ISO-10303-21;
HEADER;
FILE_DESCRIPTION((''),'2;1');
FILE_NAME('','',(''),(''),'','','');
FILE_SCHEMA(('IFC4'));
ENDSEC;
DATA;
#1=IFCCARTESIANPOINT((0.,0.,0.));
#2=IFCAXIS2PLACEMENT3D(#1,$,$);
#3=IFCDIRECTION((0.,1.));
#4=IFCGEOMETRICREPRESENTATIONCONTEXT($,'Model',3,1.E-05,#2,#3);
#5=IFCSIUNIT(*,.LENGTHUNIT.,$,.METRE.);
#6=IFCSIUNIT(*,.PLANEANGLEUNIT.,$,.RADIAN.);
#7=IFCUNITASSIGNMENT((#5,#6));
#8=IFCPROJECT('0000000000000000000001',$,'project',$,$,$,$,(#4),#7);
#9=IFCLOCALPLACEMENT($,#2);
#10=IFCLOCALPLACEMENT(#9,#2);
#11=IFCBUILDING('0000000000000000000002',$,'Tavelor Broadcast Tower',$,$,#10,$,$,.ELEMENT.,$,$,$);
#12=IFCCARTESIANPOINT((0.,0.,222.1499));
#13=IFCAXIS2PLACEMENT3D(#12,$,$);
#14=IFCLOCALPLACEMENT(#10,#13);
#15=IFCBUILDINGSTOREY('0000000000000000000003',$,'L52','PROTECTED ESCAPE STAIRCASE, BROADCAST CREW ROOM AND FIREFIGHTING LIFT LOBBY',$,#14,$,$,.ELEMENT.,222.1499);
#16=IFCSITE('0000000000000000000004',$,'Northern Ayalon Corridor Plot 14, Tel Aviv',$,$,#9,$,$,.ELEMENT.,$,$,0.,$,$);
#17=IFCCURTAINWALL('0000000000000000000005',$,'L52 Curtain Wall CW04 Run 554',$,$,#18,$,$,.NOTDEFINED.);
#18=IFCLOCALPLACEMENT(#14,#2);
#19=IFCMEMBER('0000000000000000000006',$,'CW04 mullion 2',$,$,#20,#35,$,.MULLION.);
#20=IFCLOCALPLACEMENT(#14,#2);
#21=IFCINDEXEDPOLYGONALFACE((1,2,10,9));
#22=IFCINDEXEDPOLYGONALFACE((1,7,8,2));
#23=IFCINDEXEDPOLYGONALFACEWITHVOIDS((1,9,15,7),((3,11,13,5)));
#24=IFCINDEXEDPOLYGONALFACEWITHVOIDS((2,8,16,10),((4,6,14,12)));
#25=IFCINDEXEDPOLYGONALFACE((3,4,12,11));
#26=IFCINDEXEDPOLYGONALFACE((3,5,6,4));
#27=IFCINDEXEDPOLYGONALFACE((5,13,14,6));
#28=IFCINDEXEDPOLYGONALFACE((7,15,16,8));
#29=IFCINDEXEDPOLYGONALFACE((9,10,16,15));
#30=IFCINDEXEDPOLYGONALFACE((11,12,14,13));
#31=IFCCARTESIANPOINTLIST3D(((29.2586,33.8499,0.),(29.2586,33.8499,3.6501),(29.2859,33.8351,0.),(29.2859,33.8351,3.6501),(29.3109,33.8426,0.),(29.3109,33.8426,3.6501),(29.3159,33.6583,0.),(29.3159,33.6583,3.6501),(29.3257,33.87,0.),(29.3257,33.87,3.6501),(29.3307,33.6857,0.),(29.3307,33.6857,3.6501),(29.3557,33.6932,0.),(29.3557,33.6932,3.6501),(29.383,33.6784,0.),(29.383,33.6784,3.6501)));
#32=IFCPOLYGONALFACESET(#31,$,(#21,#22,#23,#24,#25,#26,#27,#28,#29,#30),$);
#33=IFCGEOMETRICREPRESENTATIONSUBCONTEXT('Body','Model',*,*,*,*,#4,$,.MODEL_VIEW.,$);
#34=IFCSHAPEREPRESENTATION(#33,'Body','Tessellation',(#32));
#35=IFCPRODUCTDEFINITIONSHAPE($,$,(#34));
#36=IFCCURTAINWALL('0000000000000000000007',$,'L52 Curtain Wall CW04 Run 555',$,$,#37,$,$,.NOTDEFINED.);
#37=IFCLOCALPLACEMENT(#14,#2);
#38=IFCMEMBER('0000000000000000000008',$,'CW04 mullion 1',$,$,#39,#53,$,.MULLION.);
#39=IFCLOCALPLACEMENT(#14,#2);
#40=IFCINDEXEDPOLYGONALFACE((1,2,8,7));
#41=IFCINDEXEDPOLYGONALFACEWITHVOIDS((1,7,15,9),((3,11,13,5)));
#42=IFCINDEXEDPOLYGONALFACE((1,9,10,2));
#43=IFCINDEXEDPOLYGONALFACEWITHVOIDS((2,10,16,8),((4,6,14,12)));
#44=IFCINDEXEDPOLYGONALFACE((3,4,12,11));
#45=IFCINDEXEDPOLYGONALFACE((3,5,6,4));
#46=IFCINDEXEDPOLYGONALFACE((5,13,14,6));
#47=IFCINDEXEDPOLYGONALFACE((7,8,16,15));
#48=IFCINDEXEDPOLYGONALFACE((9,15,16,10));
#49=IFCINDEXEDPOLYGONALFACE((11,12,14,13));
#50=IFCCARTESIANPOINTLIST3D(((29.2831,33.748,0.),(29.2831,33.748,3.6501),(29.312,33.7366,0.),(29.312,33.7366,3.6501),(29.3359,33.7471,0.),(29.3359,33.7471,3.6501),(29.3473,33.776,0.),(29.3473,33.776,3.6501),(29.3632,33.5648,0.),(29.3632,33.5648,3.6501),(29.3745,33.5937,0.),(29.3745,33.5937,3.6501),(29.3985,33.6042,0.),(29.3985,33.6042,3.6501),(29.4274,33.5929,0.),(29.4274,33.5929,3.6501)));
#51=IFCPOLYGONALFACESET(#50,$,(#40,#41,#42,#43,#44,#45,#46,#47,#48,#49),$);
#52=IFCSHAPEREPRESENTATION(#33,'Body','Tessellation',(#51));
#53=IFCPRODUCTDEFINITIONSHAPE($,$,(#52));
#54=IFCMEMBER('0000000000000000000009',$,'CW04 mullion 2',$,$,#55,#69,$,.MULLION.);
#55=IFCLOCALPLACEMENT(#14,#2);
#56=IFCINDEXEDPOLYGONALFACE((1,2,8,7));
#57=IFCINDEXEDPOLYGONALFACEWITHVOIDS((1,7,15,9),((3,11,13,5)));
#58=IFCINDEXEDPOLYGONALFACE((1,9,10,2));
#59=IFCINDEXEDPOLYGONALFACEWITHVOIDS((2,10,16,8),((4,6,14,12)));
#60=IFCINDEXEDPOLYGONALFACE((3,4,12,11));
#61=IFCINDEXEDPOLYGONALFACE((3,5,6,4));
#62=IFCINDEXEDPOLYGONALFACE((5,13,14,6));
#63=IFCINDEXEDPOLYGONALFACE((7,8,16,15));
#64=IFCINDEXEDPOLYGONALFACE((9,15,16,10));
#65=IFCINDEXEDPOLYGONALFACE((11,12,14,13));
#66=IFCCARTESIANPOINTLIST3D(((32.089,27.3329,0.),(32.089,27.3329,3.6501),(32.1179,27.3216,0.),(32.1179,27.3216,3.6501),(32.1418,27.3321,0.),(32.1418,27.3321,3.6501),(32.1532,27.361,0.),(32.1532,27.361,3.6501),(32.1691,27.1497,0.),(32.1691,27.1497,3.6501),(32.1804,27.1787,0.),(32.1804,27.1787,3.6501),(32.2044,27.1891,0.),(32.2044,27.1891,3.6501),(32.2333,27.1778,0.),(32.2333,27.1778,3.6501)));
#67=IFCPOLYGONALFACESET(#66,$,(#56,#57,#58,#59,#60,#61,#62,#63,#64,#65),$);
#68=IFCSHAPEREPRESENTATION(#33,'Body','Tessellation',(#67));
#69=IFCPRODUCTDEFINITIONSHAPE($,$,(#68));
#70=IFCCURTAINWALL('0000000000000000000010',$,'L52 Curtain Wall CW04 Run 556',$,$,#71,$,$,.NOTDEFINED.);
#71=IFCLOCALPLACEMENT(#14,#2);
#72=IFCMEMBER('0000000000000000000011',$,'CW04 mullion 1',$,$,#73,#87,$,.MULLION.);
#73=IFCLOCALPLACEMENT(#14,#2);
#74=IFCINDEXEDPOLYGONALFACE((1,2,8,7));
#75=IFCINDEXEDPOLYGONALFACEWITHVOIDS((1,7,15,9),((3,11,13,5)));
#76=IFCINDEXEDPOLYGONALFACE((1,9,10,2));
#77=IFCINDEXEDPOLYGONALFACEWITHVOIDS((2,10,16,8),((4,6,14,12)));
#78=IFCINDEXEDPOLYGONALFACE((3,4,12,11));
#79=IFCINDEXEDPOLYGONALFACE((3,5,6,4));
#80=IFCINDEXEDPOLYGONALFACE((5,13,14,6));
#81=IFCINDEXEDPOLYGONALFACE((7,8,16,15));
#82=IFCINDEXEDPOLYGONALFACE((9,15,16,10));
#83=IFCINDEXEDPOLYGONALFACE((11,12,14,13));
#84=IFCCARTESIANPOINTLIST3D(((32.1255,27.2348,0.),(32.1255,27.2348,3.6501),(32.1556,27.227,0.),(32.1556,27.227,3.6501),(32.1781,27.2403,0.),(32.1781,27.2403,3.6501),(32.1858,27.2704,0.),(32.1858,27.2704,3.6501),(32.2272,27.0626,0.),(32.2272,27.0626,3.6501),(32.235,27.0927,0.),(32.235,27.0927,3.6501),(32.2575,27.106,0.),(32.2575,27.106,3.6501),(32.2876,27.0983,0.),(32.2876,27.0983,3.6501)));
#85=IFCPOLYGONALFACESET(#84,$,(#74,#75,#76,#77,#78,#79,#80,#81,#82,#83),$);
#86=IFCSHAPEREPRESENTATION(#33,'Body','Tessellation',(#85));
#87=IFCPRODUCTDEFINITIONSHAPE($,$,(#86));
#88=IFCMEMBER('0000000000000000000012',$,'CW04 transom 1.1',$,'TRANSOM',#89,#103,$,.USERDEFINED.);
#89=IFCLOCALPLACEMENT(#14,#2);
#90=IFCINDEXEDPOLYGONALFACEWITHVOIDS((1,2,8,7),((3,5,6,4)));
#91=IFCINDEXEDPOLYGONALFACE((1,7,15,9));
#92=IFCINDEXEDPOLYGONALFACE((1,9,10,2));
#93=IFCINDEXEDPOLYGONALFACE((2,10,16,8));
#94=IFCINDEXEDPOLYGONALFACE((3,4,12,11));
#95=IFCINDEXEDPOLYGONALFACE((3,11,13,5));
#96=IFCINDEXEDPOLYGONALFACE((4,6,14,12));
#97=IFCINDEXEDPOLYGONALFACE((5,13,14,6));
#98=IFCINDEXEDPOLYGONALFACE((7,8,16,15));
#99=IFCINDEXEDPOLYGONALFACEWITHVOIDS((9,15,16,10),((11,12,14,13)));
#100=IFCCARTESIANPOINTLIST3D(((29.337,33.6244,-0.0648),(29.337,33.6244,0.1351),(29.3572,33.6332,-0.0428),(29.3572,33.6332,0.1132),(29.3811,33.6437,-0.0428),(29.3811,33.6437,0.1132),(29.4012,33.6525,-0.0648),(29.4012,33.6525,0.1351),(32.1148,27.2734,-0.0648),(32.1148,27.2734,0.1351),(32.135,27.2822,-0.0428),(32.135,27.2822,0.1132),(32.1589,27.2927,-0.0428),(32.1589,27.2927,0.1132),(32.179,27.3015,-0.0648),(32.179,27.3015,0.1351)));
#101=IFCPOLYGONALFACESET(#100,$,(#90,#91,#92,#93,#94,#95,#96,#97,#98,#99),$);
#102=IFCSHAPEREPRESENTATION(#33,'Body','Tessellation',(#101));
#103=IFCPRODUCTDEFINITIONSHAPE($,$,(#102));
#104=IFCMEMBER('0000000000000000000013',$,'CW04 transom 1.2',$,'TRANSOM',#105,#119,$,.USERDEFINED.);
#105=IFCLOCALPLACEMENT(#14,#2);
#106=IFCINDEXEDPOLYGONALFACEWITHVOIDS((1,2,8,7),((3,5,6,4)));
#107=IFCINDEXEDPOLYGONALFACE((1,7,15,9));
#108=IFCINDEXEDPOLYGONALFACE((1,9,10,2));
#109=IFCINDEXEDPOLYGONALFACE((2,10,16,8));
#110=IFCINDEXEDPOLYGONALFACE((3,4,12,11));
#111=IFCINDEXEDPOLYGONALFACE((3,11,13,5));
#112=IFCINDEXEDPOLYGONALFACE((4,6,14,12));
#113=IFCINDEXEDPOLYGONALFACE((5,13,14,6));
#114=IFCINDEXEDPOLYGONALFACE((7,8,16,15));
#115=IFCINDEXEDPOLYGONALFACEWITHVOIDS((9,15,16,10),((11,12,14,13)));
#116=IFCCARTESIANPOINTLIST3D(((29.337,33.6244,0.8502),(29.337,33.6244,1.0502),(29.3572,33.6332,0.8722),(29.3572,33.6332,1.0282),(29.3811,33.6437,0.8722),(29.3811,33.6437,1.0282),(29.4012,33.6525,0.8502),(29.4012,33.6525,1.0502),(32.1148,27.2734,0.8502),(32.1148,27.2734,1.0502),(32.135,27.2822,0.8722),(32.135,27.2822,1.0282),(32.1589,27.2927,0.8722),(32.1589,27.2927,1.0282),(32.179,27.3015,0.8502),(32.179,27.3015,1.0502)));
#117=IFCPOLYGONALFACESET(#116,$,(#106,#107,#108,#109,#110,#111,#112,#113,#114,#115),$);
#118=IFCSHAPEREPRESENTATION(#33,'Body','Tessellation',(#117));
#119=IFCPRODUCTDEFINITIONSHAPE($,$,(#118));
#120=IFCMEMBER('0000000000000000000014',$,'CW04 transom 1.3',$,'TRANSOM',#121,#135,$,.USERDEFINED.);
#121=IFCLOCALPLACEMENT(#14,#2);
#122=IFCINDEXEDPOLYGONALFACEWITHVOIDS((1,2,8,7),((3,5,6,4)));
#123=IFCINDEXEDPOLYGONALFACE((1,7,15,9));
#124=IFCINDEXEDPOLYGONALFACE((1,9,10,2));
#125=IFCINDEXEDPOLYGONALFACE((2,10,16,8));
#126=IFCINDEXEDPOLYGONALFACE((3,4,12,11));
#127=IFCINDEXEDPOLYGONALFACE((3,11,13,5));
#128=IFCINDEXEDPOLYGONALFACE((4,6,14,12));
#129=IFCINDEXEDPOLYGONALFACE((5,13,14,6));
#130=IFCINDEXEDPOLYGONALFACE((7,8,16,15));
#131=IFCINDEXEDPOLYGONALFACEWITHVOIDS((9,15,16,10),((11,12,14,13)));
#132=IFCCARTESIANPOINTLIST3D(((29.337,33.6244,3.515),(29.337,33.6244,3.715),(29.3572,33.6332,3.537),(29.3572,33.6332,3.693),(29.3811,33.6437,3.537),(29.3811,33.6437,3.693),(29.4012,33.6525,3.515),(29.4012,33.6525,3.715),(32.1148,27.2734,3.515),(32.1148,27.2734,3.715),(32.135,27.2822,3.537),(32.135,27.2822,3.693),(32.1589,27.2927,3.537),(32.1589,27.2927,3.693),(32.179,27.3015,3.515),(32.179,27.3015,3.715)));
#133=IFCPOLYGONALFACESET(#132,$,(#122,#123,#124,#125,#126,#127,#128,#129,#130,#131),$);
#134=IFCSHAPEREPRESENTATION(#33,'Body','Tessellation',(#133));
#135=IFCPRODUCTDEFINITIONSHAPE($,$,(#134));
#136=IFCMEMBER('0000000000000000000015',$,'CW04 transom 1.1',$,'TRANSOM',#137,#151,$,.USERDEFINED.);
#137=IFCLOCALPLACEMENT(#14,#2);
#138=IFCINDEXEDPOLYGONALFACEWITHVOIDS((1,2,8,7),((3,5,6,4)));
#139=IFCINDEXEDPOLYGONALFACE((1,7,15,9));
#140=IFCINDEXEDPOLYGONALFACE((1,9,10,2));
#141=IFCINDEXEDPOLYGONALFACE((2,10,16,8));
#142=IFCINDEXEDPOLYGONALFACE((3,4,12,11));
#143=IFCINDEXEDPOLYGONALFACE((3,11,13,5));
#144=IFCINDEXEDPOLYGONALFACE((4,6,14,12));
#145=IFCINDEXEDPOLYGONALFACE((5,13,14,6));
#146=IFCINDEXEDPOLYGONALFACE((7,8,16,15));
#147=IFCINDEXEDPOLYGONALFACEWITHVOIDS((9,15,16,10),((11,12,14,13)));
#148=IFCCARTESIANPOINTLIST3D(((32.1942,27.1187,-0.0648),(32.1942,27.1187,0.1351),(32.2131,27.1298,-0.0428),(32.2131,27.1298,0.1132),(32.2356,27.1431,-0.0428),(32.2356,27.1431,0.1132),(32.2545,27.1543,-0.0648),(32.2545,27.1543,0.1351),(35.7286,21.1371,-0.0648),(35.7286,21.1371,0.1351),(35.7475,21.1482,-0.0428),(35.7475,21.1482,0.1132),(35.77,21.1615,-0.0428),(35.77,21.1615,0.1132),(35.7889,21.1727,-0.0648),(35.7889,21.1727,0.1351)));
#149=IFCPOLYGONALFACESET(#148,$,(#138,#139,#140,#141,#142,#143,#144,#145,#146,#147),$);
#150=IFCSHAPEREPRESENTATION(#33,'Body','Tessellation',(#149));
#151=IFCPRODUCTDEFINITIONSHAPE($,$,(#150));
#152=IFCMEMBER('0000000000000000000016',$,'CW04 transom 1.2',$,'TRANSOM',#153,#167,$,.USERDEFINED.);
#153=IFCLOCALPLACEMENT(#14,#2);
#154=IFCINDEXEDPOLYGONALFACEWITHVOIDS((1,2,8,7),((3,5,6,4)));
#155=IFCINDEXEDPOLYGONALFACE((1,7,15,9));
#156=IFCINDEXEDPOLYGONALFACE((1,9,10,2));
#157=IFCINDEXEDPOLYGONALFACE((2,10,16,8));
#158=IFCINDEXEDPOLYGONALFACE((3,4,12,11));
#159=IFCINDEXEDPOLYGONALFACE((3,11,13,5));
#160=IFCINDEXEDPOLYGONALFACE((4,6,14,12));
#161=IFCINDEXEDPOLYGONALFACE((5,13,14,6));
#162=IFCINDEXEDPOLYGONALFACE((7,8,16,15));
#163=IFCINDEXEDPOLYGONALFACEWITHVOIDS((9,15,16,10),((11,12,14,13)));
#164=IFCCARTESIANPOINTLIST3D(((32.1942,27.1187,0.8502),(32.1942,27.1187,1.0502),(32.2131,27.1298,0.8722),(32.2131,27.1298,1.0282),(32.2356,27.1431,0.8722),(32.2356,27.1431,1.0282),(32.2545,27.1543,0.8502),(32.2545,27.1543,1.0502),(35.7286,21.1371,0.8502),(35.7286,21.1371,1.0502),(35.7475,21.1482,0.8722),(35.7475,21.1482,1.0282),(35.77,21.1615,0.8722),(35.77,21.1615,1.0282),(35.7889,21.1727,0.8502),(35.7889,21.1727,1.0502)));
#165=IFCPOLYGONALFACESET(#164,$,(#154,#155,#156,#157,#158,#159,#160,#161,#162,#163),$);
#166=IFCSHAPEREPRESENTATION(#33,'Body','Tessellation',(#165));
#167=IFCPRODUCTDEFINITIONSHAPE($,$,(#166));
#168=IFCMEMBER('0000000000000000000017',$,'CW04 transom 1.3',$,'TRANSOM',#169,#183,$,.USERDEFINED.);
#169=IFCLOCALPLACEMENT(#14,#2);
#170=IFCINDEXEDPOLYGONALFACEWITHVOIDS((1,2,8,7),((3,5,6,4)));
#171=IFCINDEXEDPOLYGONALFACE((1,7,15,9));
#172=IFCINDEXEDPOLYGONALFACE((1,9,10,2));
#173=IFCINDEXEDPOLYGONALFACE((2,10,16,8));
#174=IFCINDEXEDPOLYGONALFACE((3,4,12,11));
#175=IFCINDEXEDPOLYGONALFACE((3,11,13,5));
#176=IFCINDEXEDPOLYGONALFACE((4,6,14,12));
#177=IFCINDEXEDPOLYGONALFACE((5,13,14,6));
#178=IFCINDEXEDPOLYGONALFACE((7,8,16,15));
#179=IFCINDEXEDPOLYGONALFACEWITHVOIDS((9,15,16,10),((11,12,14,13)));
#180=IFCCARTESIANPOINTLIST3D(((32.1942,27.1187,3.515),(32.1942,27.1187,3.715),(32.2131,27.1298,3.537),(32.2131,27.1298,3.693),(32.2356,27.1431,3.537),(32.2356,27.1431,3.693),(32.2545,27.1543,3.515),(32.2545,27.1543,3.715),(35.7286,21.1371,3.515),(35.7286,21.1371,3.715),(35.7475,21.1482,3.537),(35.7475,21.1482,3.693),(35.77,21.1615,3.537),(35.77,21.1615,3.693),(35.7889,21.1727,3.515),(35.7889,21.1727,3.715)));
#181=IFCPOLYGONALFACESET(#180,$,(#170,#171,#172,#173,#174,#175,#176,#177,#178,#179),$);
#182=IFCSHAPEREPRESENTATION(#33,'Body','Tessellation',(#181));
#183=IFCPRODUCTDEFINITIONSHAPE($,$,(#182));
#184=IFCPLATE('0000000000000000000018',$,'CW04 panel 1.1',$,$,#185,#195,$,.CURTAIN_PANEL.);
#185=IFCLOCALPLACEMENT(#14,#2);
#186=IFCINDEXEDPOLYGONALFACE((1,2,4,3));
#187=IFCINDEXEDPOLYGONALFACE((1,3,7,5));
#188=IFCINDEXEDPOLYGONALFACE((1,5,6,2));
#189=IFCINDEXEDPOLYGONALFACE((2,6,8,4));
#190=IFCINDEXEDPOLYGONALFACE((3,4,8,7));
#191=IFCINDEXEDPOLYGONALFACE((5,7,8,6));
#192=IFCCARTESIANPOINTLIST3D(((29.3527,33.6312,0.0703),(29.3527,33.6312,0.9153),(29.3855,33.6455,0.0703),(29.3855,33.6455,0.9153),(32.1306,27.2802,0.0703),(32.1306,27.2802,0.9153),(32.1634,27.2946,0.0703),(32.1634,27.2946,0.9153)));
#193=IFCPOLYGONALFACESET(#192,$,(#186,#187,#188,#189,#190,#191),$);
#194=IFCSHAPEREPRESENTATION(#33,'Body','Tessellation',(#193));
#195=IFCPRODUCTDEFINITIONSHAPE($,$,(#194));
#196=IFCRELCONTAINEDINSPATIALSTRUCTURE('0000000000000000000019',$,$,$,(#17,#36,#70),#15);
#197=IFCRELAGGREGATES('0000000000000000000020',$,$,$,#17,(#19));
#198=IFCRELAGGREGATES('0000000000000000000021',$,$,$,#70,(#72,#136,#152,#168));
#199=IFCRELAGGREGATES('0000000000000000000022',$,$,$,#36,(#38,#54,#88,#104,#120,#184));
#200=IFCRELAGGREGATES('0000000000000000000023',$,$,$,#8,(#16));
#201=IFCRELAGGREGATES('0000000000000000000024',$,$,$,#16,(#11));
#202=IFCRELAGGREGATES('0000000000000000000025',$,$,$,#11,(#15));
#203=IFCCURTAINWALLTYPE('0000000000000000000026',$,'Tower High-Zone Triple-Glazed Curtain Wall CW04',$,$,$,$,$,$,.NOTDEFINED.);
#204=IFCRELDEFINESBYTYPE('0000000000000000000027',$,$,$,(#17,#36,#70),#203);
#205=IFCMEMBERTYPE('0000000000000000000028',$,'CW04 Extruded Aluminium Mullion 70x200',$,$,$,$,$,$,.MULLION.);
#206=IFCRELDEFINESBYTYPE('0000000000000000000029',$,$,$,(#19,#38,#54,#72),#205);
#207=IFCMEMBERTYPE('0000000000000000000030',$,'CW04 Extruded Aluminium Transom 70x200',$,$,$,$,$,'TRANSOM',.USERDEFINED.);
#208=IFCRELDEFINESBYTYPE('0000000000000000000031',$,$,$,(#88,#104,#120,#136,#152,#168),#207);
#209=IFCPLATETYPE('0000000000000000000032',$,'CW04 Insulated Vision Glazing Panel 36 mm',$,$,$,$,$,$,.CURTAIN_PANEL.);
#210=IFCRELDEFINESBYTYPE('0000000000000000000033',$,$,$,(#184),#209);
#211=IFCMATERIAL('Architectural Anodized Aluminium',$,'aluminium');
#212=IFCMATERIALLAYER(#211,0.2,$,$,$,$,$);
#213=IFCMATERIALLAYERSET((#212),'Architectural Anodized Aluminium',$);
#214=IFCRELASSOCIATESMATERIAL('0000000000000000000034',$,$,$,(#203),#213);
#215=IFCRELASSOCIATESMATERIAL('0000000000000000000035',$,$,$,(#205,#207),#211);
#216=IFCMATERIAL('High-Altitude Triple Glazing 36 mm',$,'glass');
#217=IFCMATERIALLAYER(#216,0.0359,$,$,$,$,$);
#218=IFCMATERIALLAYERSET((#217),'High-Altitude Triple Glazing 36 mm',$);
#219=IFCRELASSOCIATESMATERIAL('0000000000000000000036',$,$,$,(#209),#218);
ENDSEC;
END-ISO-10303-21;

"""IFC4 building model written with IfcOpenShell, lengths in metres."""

from ifc_helpers import new_model, si_unit, direction, frame, origin, origin_2d, place, context, subcontext, project, spatial, rectangle, hollow_rectangle, extrude, source, transform, mapped, material, layer, layer_set, material_profile, profile_set, type_object, type_shapes, element, aggregate, save


model = new_model("IFC4")

# Units and contexts
model_context = context("Model", 3, precision=1e-05, world=origin(), true_north=direction((0.0, 1.0)))
body_context = subcontext(model_context, "Body", "Model", "MODEL_VIEW")
ifc_project = project(units=[si_unit("LENGTHUNIT", "METRE"), si_unit("PLANEANGLEUNIT", "RADIAN")], contexts=[model_context])

# Site, building, storey
site_placement = place(None, origin())
site = spatial("IfcSite", under=ifc_project, at=site_placement, Name="Northern Ayalon Corridor Plot 14, Tel Aviv", CompositionType="ELEMENT", RefElevation=0.0)
building_placement = place(site_placement, origin())
building = spatial("IfcBuilding", under=site, at=building_placement, Name="Tavelor Broadcast Tower", CompositionType="ELEMENT")
storey_placement = place(building_placement, frame((0.0, 0.0, 222.1499)))
storey = spatial("IfcBuildingStorey", under=building, at=storey_placement, Name="L52", Description="PROTECTED ESCAPE STAIRCASE, BROADCAST CREW ROOM AND FIREFIGHTING LIFT LOBBY", CompositionType="ELEMENT", Elevation=222.1499)

# Curtain wall, member
ifc_material_1 = material(Name="Architectural Anodized Aluminium", Category="aluminium")
ifc_layer_1 = layer(ifc_material_1, 0.2)
ifc_layer_set_1 = layer_set([ifc_layer_1], Name="Architectural Anodized Aluminium")
curtain_wall_type = type_object("IfcCurtainWallType", Name="Tower High-Zone Triple-Glazed Curtain Wall CW04", PredefinedType="NOTDEFINED", material=ifc_layer_set_1)
curtain_wall_1_placement = place(storey_placement, origin())
curtain_wall_1 = element("IfcCurtainWall", 1, at=curtain_wall_1_placement, inside=storey, type_object=curtain_wall_type, Name="L52 Curtain Wall CW04 Run 554", PredefinedType="NOTDEFINED")
ifc_material_profile_1 = material_profile(ifc_material_1, hollow_rectangle(XDim=0.0701, YDim=0.2, WallThickness=0.022, at=origin_2d()), Name="RHS 70x200x22")
ifc_profile_set_1 = profile_set([ifc_material_profile_1], Name="Architectural Anodized Aluminium")
member_type_1 = type_object("IfcMemberType", Name="CW04 Extruded Aluminium Mullion 70x200", PredefinedType="MULLION", material=ifc_profile_set_1)
shared_shape_1 = source(origin(), body_context, "Body", "SweptSolid", [
    extrude(hollow_rectangle(XDim=0.0701, YDim=0.2, WallThickness=0.022, at=origin_2d()), origin(), (0.0, 0.0, 1.0), 3.6501),
])
type_shapes(member_type_1, [shared_shape_1])
member_1_placement = place(storey_placement, frame((29.3208, 33.7642, 0.0), z_axis=(0.0, 0.0, 1.0), x_axis=(0.957945, 0.286952, 0.0)))
member_1 = element("IfcMember", 2, at=member_1_placement, type_object=member_type_1, Name="CW04 mullion 2", PredefinedType="MULLION", context=body_context, shape_type="MappedRepresentation", body=[
    mapped(shared_shape_1, transform((0.0, 0.0, 0.0), scale=1.0)),
])
aggregate(curtain_wall_1, [member_1])

# Curtain wall, members
curtain_wall_2_placement = place(storey_placement, origin())
curtain_wall_2 = element("IfcCurtainWall", 3, at=curtain_wall_2_placement, inside=storey, type_object=curtain_wall_type, Name="L52 Curtain Wall CW04 Run 555", PredefinedType="NOTDEFINED")
member_2_placement = place(storey_placement, frame((29.3552, 33.6704, 0.0), z_axis=(0.0, 0.0, 1.0), x_axis=(0.916191, 0.400742, 0.0)))
member_2 = element("IfcMember", 4, at=member_2_placement, type_object=member_type_1, Name="CW04 mullion 1", PredefinedType="MULLION", context=body_context, shape_type="MappedRepresentation", body=[
    mapped(shared_shape_1, transform((0.0, 0.0, 0.0), scale=1.0)),
])
member_3_placement = place(storey_placement, frame((32.1611, 27.2554, 0.0), z_axis=(0.0, 0.0, 1.0), x_axis=(0.916191, 0.400742, 0.0)))
member_3 = element("IfcMember", 5, at=member_3_placement, type_object=member_type_1, Name="CW04 mullion 2", PredefinedType="MULLION", context=body_context, shape_type="MappedRepresentation", body=[
    mapped(shared_shape_1, transform((0.0, 0.0, 0.0), scale=1.0)),
])

# Curtain wall, member
curtain_wall_3_placement = place(storey_placement, origin())
curtain_wall_3 = element("IfcCurtainWall", 6, at=curtain_wall_3_placement, inside=storey, type_object=curtain_wall_type, Name="L52 Curtain Wall CW04 Run 556", PredefinedType="NOTDEFINED")
member_4_placement = place(storey_placement, frame((32.2065, 27.1665, 0.0), z_axis=(0.0, 0.0, 1.0), x_axis=(0.860952, 0.508687, 0.0)))
member_4 = element("IfcMember", 7, at=member_4_placement, type_object=member_type_1, Name="CW04 mullion 1", PredefinedType="MULLION", context=body_context, shape_type="MappedRepresentation", body=[
    mapped(shared_shape_1, transform((0.0, 0.0, 0.0), scale=1.0)),
])

# Members
ifc_material_profile_2 = material_profile(ifc_material_1, hollow_rectangle(XDim=0.0701, YDim=0.2, WallThickness=0.022, at=origin_2d()), Name="RHS 70x200x22")
ifc_profile_set_2 = profile_set([ifc_material_profile_2], Name="Architectural Anodized Aluminium")
member_type_2 = type_object("IfcMemberType", Name="CW04 Extruded Aluminium Transom 70x200", ElementType="TRANSOM", PredefinedType="USERDEFINED", material=ifc_profile_set_2)
shared_shape_2 = source(origin(), body_context, "Body", "SweptSolid", [
    extrude(hollow_rectangle(XDim=0.0701, YDim=0.2, WallThickness=0.022, at=origin_2d()), origin(), (0.0, 0.0, 1.0), 6.9319),
])
member_5_placement = place(storey_placement, frame((29.3691, 33.6384, 0.0352), z_axis=(0.400726, -0.916198, 0.0), x_axis=(0.916198, 0.400726, 0.0)))
member_5 = element("IfcMember", 8, at=member_5_placement, type_object=member_type_2, Name="CW04 transom 1.1", ObjectType="TRANSOM", PredefinedType="USERDEFINED", context=body_context, shape_type="MappedRepresentation", body=[
    mapped(shared_shape_2, transform((0.0, 0.0, 0.0), scale=1.0)),
])
member_6_placement = place(storey_placement, frame((29.3691, 33.6384, 0.9502), z_axis=(0.400726, -0.916198, 0.0), x_axis=(0.916198, 0.400726, 0.0)))
member_6 = element("IfcMember", 9, at=member_6_placement, type_object=member_type_2, Name="CW04 transom 1.2", ObjectType="TRANSOM", PredefinedType="USERDEFINED", context=body_context, shape_type="MappedRepresentation", body=[
    mapped(shared_shape_2, transform((0.0, 0.0, 0.0), scale=1.0)),
])
member_7_placement = place(storey_placement, frame((29.3691, 33.6384, 3.615), z_axis=(0.400726, -0.916198, 0.0), x_axis=(0.916198, 0.400726, 0.0)))
member_7 = element("IfcMember", 10, at=member_7_placement, type_object=member_type_2, Name="CW04 transom 1.3", ObjectType="TRANSOM", PredefinedType="USERDEFINED", context=body_context, shape_type="MappedRepresentation", body=[
    mapped(shared_shape_2, transform((0.0, 0.0, 0.0), scale=1.0)),
])
shared_shape_3 = source(origin(), body_context, "Body", "SweptSolid", [
    extrude(hollow_rectangle(XDim=0.0701, YDim=0.2, WallThickness=0.022, at=origin_2d()), origin(), (0.0, 0.0, 1.0), 6.9478),
])
type_shapes(member_type_2, [shared_shape_2, shared_shape_3])
member_8_placement = place(storey_placement, frame((32.2244, 27.1365, 0.0352), z_axis=(0.508707, -0.86094, 0.0), x_axis=(0.86094, 0.508707, 0.0)))
member_8 = element("IfcMember", 11, at=member_8_placement, type_object=member_type_2, Name="CW04 transom 1.1", ObjectType="TRANSOM", PredefinedType="USERDEFINED", context=body_context, shape_type="MappedRepresentation", body=[
    mapped(shared_shape_3, transform((0.0, 0.0, 0.0), scale=1.0)),
])
member_9_placement = place(storey_placement, frame((32.2244, 27.1365, 0.9502), z_axis=(0.508707, -0.86094, 0.0), x_axis=(0.86094, 0.508707, 0.0)))
member_9 = element("IfcMember", 12, at=member_9_placement, type_object=member_type_2, Name="CW04 transom 1.2", ObjectType="TRANSOM", PredefinedType="USERDEFINED", context=body_context, shape_type="MappedRepresentation", body=[
    mapped(shared_shape_3, transform((0.0, 0.0, 0.0), scale=1.0)),
])
member_10_placement = place(storey_placement, frame((32.2244, 27.1365, 3.615), z_axis=(0.508707, -0.86094, 0.0), x_axis=(0.86094, 0.508707, 0.0)))
member_10 = element("IfcMember", 13, at=member_10_placement, type_object=member_type_2, Name="CW04 transom 1.3", ObjectType="TRANSOM", PredefinedType="USERDEFINED", context=body_context, shape_type="MappedRepresentation", body=[
    mapped(shared_shape_3, transform((0.0, 0.0, 0.0), scale=1.0)),
])
aggregate(curtain_wall_3, [member_4, member_8, member_9, member_10])

# Plate
ifc_material_2 = material(Name="High-Altitude Triple Glazing 36 mm", Category="glass")
ifc_layer_2 = layer(ifc_material_2, 0.0359)
ifc_layer_set_2 = layer_set([ifc_layer_2], Name="High-Altitude Triple Glazing 36 mm")
plate_type = type_object("IfcPlateType", Name="CW04 Insulated Vision Glazing Panel 36 mm", PredefinedType="CURTAIN_PANEL", material=ifc_layer_set_2)
shared_shape_4 = source(origin(), body_context, "Body", "SweptSolid", [
    extrude(rectangle(XDim=6.9319, YDim=0.0359, at=origin_2d()), origin(), (0.0, 0.0, 1.0), 0.845),
])
plate_1_placement = place(storey_placement, frame((30.7581, 30.4629, 0.0703), z_axis=(0.0, 0.0, 1.0), x_axis=(0.400742, -0.916191, 0.0)))
plate_1 = element("IfcPlate", 14, at=plate_1_placement, type_object=plate_type, Name="CW04 panel 1.1", PredefinedType="CURTAIN_PANEL", context=body_context, shape_type="MappedRepresentation", body=[
    mapped(shared_shape_4, transform((0.0, 0.0, 0.0), scale=1.0)),
])
aggregate(curtain_wall_2, [member_2, member_3, member_5, member_6, member_7, plate_1])

save(model, "model.ifc")
